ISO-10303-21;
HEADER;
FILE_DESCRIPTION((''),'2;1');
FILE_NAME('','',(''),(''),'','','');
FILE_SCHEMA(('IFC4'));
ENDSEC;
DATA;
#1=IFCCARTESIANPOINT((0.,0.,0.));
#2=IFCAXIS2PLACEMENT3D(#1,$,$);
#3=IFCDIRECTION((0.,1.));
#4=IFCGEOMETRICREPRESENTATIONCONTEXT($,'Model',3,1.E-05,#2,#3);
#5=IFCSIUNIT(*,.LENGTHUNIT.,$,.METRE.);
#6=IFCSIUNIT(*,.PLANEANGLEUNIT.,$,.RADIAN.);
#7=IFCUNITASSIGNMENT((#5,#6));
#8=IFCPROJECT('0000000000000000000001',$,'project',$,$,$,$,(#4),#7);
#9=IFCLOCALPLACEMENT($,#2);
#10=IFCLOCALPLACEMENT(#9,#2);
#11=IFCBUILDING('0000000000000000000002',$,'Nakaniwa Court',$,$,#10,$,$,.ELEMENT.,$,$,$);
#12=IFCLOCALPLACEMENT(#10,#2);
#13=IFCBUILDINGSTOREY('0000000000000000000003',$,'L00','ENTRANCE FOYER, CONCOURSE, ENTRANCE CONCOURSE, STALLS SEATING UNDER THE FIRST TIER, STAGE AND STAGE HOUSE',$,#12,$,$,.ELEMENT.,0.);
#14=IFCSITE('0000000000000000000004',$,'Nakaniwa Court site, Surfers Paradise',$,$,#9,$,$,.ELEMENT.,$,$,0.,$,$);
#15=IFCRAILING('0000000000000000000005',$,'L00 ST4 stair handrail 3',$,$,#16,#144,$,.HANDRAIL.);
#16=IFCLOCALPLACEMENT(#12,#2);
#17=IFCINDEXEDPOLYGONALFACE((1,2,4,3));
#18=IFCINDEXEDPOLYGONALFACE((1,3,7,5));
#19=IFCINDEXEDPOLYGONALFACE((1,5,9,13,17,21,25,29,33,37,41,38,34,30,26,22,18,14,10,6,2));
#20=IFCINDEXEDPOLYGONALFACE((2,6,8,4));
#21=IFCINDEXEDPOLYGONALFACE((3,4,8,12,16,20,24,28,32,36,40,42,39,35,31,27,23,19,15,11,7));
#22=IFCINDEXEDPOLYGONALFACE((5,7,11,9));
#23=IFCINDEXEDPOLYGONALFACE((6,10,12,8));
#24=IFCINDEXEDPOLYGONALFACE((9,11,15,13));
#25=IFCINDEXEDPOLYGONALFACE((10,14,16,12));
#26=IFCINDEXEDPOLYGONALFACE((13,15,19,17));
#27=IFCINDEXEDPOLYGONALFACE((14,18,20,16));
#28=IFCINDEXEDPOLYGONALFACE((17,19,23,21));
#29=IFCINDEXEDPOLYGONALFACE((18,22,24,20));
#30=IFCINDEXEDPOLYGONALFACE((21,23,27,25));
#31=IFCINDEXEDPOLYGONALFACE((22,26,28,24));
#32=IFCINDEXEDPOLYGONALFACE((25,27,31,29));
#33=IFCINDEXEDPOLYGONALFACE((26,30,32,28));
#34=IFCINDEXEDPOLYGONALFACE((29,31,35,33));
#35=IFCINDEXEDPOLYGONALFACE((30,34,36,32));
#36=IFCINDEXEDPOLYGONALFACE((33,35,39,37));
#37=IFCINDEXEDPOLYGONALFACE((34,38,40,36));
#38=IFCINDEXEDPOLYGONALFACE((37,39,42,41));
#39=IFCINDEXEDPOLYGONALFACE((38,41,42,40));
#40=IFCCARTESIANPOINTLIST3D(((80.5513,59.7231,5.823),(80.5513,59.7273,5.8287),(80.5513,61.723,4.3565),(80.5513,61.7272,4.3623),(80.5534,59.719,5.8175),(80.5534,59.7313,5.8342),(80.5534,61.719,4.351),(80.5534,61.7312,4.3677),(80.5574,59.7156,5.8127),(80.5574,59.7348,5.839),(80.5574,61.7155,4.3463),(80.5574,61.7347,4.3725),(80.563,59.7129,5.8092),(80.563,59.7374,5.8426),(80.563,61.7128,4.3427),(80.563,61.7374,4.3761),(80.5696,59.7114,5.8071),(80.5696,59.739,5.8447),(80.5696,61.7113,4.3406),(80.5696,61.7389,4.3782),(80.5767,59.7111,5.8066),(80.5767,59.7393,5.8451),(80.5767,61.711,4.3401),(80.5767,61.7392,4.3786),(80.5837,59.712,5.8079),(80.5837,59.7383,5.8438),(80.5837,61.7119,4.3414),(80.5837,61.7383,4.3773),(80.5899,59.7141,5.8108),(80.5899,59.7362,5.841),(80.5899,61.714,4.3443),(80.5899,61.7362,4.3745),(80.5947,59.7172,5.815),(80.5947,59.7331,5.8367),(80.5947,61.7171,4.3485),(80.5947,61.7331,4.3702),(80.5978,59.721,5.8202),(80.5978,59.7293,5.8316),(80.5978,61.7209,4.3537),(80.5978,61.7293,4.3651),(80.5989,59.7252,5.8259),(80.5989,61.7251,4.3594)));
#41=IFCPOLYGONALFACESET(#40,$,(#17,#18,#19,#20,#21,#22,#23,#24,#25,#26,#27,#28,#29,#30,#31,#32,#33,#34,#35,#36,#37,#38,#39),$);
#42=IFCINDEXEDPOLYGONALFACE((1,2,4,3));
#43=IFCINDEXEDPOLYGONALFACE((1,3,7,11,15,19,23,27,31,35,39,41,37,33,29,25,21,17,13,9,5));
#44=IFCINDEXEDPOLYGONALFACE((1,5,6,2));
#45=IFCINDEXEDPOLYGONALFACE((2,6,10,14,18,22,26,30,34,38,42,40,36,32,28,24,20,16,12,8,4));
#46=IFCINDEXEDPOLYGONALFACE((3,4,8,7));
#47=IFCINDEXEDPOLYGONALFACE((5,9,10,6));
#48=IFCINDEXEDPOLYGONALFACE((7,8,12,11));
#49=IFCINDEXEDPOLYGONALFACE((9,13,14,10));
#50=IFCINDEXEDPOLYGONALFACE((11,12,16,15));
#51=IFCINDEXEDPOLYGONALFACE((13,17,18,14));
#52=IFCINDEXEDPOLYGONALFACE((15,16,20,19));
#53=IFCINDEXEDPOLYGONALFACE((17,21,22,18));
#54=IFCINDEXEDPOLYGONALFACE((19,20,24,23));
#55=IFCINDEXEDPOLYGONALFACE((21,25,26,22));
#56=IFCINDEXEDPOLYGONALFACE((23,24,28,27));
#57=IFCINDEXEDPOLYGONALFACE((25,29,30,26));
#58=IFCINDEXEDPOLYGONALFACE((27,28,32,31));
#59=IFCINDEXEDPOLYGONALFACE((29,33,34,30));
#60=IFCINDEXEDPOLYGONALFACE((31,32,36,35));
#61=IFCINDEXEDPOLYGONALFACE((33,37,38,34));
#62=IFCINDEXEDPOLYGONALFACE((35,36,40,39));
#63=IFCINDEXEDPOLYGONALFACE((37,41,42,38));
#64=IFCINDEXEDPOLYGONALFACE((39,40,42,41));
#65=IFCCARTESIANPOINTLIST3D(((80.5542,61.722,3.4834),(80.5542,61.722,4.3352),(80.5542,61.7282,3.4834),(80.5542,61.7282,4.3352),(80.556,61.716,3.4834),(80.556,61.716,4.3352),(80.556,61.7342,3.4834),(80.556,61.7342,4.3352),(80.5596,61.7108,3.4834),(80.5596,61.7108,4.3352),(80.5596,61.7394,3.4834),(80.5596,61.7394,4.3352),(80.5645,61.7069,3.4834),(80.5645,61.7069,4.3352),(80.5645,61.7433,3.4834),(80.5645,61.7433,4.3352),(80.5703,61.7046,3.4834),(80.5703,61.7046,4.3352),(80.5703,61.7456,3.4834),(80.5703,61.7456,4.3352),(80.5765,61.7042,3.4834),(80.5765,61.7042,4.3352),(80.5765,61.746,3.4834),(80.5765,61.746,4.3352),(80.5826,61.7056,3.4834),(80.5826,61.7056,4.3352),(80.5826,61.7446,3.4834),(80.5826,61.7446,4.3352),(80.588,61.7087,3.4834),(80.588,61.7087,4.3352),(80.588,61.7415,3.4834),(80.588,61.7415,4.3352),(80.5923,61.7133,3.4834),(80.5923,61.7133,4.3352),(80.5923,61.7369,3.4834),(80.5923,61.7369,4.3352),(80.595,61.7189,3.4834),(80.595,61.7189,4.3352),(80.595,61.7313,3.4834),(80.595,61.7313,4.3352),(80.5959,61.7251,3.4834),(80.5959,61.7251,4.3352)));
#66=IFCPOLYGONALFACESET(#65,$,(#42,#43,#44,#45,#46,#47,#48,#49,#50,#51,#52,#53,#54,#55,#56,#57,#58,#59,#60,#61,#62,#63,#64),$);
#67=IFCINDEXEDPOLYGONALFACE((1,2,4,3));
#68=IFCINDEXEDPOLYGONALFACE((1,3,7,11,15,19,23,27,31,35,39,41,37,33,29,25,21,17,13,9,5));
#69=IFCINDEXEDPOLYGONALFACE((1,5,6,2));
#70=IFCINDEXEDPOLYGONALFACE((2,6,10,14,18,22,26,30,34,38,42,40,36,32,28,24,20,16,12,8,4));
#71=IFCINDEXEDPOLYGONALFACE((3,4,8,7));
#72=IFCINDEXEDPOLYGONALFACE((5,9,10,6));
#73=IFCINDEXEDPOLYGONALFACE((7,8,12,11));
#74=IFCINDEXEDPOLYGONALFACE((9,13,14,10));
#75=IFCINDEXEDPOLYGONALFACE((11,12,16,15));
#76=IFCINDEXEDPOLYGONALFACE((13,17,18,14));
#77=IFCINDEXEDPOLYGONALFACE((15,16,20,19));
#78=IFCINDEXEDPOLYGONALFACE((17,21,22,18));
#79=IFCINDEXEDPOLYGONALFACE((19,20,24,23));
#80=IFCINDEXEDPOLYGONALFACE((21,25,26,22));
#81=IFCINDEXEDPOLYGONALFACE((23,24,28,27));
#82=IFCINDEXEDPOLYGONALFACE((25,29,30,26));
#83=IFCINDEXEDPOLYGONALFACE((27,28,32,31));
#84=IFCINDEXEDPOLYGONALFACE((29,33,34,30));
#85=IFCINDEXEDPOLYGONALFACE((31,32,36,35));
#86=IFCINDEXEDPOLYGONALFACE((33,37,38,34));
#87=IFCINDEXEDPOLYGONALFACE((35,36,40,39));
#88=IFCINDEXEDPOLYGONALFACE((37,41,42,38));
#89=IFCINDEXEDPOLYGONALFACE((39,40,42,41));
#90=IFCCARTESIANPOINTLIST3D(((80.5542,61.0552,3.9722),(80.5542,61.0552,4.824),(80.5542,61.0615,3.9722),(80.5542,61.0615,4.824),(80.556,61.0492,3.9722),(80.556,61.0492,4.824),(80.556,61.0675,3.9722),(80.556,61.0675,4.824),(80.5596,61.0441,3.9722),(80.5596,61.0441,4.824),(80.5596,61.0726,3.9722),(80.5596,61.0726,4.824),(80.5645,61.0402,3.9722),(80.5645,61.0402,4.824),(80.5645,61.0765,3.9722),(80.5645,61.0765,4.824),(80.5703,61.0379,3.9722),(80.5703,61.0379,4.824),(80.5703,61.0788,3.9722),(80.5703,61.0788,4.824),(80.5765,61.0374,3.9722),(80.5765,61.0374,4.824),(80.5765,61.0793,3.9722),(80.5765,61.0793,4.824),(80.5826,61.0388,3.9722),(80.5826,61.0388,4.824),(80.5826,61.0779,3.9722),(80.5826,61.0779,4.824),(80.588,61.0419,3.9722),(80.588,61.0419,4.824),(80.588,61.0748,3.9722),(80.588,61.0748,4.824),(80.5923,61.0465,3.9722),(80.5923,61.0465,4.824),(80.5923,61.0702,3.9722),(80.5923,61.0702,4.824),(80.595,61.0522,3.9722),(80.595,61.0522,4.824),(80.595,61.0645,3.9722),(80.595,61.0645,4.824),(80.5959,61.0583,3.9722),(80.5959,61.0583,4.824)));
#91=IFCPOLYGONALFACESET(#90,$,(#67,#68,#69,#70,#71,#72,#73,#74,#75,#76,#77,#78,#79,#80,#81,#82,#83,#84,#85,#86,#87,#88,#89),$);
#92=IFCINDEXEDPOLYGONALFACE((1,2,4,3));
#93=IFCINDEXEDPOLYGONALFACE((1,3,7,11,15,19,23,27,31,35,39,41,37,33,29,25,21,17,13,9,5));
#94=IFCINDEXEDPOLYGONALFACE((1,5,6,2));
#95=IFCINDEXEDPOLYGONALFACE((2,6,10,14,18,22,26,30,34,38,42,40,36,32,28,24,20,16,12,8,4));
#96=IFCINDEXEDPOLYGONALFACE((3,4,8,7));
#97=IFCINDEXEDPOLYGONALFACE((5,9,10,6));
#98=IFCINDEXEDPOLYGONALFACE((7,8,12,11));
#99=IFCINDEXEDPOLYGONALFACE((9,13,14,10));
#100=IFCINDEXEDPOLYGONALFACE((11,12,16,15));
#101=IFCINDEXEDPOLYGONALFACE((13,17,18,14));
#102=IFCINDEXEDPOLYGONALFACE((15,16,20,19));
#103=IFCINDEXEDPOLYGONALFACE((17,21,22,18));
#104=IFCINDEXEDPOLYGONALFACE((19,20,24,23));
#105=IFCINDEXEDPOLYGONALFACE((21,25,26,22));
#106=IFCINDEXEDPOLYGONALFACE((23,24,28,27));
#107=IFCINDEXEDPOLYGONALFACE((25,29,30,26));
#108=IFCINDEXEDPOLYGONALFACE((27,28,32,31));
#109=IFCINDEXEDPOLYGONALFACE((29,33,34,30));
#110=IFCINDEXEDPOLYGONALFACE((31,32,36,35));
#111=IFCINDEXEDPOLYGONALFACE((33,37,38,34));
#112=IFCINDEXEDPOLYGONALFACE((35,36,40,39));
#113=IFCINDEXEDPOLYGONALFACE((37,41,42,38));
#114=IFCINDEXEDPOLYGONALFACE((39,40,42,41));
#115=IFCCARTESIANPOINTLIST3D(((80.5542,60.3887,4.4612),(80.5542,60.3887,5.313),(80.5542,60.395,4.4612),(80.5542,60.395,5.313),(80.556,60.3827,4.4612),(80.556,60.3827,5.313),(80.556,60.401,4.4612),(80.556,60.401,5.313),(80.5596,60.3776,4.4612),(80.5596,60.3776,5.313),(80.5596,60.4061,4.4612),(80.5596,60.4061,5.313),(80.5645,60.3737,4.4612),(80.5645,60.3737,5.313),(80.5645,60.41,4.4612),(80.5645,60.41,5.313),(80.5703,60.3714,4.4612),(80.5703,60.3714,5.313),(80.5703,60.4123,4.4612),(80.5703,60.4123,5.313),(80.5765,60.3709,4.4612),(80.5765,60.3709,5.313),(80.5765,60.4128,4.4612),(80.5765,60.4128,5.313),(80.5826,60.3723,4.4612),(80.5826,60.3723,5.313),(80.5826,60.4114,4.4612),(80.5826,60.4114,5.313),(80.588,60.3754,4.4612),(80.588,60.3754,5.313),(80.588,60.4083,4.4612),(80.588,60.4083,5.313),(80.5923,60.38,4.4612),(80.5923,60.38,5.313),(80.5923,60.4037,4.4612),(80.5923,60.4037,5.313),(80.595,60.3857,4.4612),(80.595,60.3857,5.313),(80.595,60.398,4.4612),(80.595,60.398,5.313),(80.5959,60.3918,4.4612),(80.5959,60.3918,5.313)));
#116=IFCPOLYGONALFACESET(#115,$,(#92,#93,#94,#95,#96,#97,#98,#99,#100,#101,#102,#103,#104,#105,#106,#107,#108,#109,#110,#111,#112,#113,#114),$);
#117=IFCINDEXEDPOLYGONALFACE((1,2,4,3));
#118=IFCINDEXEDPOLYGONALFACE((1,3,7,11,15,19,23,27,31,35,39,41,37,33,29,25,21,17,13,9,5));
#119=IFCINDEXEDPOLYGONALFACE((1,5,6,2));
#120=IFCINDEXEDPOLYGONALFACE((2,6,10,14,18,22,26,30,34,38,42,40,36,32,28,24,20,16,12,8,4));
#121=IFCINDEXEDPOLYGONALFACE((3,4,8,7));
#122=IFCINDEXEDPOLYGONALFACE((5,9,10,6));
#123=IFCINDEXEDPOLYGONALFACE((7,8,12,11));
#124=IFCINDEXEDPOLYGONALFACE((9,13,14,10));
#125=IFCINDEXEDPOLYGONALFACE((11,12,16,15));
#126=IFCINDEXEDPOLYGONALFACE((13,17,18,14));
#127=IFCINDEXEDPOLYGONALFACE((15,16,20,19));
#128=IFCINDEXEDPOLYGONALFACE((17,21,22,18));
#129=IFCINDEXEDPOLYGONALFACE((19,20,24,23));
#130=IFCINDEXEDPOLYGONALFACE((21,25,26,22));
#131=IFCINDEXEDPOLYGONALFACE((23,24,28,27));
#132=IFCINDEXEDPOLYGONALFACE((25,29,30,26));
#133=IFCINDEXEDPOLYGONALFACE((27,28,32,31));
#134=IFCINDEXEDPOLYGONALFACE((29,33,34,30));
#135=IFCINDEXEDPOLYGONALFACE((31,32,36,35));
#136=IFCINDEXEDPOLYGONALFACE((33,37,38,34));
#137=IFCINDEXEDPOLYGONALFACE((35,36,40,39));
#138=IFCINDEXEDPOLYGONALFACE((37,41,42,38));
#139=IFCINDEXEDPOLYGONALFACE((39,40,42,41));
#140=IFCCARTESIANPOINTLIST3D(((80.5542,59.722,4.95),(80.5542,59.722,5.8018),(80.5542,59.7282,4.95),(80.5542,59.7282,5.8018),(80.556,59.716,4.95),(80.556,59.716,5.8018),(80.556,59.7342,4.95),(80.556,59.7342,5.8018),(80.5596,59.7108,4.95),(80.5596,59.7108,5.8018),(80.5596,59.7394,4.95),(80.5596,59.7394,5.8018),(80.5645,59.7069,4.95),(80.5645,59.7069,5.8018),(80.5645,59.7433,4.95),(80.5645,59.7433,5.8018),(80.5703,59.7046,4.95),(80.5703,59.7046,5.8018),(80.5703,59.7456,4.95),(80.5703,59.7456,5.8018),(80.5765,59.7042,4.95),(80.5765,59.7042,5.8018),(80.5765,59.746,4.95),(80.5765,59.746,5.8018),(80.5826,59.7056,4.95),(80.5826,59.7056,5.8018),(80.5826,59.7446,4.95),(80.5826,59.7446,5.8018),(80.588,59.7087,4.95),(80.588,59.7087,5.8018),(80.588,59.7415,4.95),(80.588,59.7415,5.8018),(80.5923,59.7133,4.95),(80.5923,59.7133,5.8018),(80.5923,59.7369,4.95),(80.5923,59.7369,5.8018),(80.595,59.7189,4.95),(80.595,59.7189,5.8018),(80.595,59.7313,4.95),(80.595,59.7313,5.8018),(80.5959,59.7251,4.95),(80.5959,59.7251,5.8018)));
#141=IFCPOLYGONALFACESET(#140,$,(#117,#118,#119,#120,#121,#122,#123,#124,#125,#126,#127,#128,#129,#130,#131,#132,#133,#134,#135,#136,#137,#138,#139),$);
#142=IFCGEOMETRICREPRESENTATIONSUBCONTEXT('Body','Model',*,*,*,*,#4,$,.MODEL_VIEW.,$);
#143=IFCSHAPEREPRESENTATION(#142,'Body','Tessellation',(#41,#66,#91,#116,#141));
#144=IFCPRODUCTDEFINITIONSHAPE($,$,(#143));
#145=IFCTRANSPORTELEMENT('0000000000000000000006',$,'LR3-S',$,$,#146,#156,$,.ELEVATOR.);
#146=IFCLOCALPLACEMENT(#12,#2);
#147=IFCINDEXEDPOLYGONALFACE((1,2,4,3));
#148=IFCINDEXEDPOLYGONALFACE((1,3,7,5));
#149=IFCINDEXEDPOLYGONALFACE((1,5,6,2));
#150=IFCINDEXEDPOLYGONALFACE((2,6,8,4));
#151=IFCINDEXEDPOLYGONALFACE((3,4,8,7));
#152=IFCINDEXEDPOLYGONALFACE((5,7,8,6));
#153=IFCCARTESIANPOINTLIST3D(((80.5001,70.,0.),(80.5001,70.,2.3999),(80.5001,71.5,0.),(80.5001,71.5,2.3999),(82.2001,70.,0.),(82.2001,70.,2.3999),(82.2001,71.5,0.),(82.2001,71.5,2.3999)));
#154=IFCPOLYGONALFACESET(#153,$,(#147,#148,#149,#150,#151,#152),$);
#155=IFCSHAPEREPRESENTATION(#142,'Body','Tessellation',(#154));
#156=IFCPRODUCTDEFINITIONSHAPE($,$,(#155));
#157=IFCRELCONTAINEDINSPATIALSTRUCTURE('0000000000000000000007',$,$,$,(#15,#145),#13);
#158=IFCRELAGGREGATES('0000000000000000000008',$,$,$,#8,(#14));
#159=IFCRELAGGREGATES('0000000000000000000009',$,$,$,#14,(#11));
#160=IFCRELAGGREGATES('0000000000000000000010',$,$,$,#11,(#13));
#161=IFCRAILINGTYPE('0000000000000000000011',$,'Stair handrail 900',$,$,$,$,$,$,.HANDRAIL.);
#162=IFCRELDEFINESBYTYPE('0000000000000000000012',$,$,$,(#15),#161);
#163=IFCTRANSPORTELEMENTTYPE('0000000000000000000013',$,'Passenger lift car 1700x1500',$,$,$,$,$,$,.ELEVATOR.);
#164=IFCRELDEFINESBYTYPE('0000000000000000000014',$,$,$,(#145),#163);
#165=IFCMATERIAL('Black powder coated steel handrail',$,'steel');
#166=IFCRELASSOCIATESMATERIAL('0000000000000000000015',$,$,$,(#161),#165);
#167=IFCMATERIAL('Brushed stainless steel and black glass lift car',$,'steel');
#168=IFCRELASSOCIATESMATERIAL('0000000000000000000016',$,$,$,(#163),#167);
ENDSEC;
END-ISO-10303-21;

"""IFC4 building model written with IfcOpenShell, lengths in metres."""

from ifc_helpers import new_model, si_unit, direction, frame, origin, origin_2d, place, context, subcontext, project, spatial, rectangle, circle, extrude, material, type_object, element, save


model = new_model("IFC4")

# Units and contexts
model_context = context("Model", 3, precision=1e-05, world=origin(), true_north=direction((0.0, 1.0)))
body_context = subcontext(model_context, "Body", "Model", "MODEL_VIEW")
ifc_project = project(units=[si_unit("LENGTHUNIT", "METRE"), si_unit("PLANEANGLEUNIT", "RADIAN")], contexts=[model_context])

# Site, building, storey
site_placement = place(None, origin())
site = spatial("IfcSite", under=ifc_project, at=site_placement, Name="Nakaniwa Court site, Surfers Paradise", CompositionType="ELEMENT", RefElevation=0.0)
building_placement = place(site_placement, origin())
building = spatial("IfcBuilding", under=site, at=building_placement, Name="Nakaniwa Court", CompositionType="ELEMENT")
storey_placement = place(building_placement, origin())
storey = spatial("IfcBuildingStorey", under=building, at=storey_placement, Name="L00", Description="ENTRANCE FOYER, CONCOURSE, ENTRANCE CONCOURSE, STALLS SEATING UNDER THE FIRST TIER, STAGE AND STAGE HOUSE", CompositionType="ELEMENT", Elevation=0.0)

# Railing
ifc_material_1 = material(Name="Black powder coated steel handrail", Category="steel")
railing_type_1 = type_object("IfcRailingType", Name="Stair handrail 900", PredefinedType="HANDRAIL", material=ifc_material_1)
for number, where, name in (
    (1, (80.575, 61.7251, 3.4834), "L00 ST4 stair handrail 3"),
):
    element("IfcRailing", number, at=place(storey_placement, frame(where)), inside=storey, type_object=railing_type_1, Name=name, PredefinedType="HANDRAIL", context=body_context, shape_type="SweptSolid", body=[
        extrude(circle(Radius=0.0239, at=origin_2d()), frame((0.0, 0.0, 0.876), z_axis=(0.0, -0.806427, 0.591334), x_axis=(1.0, 0.0, 0.0)), (0.0, 0.0, 1.0), 2.48),
        extrude(circle(Radius=0.021, at=origin_2d()), origin(), (0.0, 0.0, 1.0), 0.8518),
        extrude(circle(Radius=0.021, at=origin_2d()), frame((0.0, -0.6667, 0.4888)), (0.0, 0.0, 1.0), 0.8518),
        extrude(circle(Radius=0.021, at=origin_2d()), frame((0.0, -1.3333, 0.9778)), (0.0, 0.0, 1.0), 0.8518),
        extrude(circle(Radius=0.021, at=origin_2d()), frame((0.0, -2.0, 1.4666)), (0.0, 0.0, 1.0), 0.8518),
    ])

# Transport element
ifc_material_2 = material(Name="Brushed stainless steel and black glass lift car", Category="steel")
transport_element_type = type_object("IfcTransportElementType", Name="Passenger lift car 1700x1500", PredefinedType="ELEVATOR", material=ifc_material_2)
transport_element_placement = place(storey_placement, frame((81.3501, 70.75, 0.0), z_axis=(0.0, 0.0, 1.0), x_axis=(1.0, 0.0, 0.0)))
element("IfcTransportElement", 2, at=transport_element_placement, inside=storey, type_object=transport_element_type, Name="LR3-S", PredefinedType="ELEVATOR", context=body_context, shape_type="SweptSolid", body=[
    extrude(rectangle(XDim=1.7, YDim=1.5, at=origin_2d()), origin(), (0.0, 0.0, 1.0), 2.3999),
])

save(model, "model.ifc")
